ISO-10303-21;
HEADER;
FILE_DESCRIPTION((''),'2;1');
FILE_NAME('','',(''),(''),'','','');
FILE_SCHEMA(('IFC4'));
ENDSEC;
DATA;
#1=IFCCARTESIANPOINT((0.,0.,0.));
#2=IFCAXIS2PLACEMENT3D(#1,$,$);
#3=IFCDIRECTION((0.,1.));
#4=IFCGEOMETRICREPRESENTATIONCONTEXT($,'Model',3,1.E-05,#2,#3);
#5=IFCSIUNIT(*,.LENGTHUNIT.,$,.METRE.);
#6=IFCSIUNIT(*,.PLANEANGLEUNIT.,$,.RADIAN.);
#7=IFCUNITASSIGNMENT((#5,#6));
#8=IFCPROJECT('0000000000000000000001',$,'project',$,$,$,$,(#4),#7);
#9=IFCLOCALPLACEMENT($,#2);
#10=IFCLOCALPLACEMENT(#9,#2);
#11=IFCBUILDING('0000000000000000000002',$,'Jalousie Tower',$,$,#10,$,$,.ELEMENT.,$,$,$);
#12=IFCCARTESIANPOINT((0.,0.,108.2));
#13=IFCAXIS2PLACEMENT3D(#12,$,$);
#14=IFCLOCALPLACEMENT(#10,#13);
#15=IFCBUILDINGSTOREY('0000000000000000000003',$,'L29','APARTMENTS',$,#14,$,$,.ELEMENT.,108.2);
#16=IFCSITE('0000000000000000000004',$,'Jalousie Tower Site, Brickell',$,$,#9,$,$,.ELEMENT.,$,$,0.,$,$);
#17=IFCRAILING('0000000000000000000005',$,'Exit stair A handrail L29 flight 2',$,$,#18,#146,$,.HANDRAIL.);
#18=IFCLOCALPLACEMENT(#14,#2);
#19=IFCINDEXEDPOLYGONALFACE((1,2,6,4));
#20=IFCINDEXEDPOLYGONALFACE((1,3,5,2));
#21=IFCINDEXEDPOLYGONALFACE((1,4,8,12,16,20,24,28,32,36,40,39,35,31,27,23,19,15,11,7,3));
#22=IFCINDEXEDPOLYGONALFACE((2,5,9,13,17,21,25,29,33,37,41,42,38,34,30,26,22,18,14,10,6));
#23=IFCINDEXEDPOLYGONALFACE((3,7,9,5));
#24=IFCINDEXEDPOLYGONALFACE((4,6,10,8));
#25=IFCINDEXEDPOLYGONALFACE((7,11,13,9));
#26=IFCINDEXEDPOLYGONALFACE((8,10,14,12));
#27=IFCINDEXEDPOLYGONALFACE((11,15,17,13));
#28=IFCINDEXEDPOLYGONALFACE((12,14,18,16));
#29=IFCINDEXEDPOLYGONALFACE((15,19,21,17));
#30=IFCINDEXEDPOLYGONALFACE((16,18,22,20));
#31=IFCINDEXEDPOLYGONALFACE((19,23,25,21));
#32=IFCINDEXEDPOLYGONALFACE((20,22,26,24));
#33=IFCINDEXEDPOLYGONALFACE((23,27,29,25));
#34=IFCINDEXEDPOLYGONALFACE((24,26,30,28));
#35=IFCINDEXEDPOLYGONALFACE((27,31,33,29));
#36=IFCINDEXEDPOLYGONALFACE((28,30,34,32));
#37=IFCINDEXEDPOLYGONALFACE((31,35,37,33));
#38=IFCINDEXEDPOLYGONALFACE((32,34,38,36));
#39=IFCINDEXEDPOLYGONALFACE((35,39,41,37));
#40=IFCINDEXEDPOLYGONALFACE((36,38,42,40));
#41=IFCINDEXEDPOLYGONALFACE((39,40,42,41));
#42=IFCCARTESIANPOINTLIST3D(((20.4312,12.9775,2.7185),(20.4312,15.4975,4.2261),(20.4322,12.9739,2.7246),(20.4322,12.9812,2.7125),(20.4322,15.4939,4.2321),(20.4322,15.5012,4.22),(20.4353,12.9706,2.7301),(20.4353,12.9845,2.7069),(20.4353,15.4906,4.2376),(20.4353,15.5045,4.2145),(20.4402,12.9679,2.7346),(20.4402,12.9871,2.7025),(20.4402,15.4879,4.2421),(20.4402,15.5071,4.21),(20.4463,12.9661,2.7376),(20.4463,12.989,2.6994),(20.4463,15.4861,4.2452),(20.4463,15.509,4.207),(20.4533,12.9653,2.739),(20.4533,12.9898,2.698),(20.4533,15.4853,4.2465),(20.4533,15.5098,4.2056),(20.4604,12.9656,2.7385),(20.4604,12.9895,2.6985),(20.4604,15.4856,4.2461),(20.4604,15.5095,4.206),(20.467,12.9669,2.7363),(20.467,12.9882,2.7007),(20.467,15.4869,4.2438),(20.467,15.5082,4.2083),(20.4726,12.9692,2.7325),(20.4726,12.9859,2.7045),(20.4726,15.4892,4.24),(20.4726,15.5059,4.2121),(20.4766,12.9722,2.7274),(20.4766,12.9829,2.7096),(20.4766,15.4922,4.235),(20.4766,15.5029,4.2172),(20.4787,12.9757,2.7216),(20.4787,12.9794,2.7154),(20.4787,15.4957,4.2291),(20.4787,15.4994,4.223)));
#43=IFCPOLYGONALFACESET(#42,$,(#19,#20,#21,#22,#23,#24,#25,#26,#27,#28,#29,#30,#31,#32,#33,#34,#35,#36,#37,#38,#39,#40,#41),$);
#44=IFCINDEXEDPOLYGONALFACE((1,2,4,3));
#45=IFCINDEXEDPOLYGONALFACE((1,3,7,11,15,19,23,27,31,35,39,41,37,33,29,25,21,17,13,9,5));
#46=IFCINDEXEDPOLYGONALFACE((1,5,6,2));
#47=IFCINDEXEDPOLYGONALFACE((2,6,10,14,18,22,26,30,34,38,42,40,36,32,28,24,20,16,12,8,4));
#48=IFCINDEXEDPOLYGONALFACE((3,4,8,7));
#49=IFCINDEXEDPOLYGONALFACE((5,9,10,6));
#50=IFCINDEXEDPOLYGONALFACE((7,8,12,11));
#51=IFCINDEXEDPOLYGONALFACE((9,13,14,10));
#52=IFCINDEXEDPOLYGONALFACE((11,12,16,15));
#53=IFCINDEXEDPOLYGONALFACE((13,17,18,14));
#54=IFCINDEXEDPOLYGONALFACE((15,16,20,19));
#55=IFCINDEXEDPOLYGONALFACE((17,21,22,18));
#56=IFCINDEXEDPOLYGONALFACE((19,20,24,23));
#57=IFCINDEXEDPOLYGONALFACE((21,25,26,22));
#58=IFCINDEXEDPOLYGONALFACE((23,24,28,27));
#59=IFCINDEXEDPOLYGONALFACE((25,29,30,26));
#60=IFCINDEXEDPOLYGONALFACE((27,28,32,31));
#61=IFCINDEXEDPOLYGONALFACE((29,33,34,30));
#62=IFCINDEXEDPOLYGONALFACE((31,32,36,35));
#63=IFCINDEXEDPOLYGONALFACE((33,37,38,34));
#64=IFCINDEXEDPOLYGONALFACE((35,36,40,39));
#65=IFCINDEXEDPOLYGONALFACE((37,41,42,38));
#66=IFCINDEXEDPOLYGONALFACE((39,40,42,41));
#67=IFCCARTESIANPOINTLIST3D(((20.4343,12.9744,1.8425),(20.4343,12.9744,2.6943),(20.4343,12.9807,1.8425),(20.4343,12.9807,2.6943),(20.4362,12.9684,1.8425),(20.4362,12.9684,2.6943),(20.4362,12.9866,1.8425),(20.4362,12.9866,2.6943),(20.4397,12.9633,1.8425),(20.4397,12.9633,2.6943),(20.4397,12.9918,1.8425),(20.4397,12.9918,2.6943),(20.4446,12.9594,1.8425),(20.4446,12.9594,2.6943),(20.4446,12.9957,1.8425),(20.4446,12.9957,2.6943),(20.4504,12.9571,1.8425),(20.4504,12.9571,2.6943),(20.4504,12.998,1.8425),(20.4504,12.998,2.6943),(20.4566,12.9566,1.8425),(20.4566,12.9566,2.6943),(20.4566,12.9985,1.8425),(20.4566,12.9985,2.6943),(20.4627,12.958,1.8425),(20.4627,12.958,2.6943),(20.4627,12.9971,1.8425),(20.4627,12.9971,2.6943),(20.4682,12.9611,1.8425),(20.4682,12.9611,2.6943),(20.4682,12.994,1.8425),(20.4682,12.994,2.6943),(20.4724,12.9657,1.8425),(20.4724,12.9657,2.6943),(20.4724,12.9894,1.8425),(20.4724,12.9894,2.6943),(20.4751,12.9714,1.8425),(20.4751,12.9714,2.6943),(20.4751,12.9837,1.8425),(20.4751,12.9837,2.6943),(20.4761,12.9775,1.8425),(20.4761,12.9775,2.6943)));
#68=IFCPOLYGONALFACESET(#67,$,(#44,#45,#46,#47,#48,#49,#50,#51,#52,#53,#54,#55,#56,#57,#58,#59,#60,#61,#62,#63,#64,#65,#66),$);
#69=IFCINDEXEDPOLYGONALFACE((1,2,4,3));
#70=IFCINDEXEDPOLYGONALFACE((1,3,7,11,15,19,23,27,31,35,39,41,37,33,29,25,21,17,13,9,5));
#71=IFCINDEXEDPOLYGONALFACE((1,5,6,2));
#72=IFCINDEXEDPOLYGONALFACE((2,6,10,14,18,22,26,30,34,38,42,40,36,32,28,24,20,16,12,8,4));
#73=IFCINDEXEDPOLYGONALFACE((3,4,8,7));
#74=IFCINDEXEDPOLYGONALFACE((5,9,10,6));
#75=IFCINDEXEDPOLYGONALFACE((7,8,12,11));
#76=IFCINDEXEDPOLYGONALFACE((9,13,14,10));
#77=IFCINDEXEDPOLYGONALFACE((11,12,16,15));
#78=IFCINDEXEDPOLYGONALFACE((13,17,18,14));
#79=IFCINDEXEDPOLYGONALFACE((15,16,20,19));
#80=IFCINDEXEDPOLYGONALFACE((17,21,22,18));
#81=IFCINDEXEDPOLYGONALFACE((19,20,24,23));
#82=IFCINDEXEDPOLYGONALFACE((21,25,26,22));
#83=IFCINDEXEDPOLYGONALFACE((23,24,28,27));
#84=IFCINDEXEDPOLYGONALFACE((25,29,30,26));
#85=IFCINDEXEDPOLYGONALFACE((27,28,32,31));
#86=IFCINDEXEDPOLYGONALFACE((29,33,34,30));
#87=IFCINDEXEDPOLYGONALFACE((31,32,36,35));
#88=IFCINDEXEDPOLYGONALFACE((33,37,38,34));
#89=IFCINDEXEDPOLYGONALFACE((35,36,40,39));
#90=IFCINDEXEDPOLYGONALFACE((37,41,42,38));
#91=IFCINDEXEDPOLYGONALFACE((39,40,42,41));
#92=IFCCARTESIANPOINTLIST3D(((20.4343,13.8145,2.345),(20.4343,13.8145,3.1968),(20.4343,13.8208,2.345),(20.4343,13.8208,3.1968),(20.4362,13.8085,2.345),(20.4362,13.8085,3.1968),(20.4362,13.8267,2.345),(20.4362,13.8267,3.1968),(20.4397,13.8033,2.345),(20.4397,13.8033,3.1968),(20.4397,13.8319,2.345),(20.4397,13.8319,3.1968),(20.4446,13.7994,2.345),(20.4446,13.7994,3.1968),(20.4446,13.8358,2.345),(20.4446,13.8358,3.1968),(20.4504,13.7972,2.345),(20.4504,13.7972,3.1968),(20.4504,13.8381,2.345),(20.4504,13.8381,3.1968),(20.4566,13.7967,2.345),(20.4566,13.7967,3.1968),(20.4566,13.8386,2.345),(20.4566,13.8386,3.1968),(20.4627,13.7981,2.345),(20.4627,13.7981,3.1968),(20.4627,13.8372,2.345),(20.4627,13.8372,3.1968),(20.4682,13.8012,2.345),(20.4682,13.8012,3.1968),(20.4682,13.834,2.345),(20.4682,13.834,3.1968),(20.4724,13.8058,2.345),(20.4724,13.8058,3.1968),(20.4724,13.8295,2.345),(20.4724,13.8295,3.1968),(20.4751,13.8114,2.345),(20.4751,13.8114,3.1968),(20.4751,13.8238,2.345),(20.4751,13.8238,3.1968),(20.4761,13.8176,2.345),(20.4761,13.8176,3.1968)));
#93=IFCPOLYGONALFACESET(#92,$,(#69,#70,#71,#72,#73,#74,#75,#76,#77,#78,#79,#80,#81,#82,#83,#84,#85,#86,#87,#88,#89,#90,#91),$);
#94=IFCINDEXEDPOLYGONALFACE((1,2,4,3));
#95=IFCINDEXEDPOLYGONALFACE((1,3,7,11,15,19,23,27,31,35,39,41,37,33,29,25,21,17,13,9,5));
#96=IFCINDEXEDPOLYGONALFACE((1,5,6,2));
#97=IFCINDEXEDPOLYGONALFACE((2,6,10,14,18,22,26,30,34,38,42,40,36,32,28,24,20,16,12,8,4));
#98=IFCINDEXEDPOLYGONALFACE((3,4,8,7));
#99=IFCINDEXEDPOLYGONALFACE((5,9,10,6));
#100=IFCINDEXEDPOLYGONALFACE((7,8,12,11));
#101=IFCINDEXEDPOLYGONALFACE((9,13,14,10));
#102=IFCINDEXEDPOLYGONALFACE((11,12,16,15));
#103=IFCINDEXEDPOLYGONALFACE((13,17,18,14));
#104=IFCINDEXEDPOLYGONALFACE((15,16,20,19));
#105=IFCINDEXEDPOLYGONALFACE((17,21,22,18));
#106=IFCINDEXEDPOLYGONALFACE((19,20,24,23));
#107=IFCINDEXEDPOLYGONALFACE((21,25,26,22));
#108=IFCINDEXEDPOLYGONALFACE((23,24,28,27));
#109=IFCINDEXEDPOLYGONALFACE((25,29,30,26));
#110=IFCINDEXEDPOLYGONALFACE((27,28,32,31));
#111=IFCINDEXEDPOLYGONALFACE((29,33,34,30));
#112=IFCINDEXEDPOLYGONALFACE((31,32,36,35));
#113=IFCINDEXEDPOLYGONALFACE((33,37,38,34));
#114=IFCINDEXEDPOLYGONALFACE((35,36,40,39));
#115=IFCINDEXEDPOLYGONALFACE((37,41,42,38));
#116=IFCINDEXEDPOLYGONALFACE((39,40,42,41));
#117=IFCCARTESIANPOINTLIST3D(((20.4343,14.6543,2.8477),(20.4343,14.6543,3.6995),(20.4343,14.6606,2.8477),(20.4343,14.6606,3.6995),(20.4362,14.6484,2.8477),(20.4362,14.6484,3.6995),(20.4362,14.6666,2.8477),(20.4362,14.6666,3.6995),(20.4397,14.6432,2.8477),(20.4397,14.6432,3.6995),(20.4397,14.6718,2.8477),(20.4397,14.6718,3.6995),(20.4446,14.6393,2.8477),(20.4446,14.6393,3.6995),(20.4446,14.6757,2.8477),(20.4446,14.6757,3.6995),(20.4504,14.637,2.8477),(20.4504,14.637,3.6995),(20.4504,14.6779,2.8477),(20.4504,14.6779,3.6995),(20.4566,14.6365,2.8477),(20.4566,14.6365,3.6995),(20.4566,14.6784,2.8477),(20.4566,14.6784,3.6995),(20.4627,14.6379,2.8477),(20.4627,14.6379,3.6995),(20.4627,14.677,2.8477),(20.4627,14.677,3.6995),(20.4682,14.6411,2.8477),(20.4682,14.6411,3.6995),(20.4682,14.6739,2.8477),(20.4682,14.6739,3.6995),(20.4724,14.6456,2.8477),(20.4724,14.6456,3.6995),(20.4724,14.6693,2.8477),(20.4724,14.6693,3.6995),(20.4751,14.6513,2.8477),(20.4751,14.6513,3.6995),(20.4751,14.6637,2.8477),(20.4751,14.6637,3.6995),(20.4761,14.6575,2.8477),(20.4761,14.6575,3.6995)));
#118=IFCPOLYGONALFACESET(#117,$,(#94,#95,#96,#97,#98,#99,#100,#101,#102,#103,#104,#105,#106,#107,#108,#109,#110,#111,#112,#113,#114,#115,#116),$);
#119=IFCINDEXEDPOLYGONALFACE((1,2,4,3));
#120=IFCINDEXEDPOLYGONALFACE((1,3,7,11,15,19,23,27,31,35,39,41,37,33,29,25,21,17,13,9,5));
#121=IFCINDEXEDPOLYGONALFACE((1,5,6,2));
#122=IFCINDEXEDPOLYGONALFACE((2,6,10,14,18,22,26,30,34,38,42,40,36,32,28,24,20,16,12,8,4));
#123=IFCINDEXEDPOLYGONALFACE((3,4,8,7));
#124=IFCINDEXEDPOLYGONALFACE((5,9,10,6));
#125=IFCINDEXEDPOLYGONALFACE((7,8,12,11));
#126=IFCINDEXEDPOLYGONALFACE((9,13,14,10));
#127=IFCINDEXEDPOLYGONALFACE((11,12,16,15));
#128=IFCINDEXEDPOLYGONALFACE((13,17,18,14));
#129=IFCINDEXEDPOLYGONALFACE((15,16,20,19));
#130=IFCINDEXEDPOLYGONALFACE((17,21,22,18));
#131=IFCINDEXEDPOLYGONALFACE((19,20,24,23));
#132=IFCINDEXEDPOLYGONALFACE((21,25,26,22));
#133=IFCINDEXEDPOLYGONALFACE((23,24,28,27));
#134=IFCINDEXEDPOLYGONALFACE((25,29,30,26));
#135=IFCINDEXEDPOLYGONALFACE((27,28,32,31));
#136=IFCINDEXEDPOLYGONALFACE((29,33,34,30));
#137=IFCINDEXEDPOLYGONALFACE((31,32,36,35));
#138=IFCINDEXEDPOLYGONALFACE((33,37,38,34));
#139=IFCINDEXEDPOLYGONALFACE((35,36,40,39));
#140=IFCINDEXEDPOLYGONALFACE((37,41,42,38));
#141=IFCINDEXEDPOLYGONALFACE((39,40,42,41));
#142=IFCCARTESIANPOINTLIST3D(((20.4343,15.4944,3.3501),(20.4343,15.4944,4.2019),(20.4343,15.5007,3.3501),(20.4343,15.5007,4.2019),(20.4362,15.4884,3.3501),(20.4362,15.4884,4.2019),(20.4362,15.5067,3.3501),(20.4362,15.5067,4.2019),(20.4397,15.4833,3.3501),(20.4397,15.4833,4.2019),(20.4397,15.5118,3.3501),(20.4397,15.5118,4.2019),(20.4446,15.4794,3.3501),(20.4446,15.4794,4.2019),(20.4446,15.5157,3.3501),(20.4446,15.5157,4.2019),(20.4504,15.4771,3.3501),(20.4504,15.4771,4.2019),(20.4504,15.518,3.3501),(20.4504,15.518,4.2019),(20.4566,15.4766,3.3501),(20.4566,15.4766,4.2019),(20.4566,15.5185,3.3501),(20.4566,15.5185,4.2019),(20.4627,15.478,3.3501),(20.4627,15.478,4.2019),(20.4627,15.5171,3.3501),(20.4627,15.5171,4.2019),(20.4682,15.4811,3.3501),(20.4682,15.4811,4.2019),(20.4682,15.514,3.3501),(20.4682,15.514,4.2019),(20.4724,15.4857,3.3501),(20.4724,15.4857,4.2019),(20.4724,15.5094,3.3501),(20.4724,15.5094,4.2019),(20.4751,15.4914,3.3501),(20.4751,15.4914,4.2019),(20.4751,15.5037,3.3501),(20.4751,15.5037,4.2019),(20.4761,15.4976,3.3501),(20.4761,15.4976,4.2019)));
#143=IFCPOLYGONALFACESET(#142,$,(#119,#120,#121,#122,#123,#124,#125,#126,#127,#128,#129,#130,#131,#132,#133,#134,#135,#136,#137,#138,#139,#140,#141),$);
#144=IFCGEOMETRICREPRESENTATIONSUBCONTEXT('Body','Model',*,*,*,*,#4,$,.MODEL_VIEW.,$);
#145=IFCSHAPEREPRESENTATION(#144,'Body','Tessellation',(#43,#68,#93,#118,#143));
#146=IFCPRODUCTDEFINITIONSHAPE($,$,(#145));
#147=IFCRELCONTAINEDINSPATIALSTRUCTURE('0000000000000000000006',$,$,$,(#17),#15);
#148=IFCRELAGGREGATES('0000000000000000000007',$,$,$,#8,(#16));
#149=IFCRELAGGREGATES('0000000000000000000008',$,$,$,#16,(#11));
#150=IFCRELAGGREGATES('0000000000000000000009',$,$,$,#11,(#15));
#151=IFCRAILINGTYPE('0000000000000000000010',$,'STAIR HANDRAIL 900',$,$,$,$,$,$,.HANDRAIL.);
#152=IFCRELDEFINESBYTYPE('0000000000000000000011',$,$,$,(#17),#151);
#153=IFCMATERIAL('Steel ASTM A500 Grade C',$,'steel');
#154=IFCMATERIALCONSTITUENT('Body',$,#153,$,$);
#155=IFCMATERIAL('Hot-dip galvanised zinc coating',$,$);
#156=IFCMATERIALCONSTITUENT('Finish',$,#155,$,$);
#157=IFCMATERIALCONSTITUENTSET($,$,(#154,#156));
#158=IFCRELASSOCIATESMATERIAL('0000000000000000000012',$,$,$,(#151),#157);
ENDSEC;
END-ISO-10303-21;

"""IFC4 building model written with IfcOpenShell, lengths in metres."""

from ifc_helpers import new_model, si_unit, direction, frame, origin, origin_2d, place, context, subcontext, project, spatial, circle, extrude, material, constituent, constituent_set, type_object, element, save


model = new_model("IFC4")

# Units and contexts
model_context = context("Model", 3, precision=1e-05, world=origin(), true_north=direction((0.0, 1.0)))
body_context = subcontext(model_context, "Body", "Model", "MODEL_VIEW")
ifc_project = project(units=[si_unit("LENGTHUNIT", "METRE"), si_unit("PLANEANGLEUNIT", "RADIAN")], contexts=[model_context])

# Site, building, storey
site_placement = place(None, origin())
site = spatial("IfcSite", under=ifc_project, at=site_placement, Name="Jalousie Tower Site, Brickell", CompositionType="ELEMENT", RefElevation=0.0)
building_placement = place(site_placement, origin())
building = spatial("IfcBuilding", under=site, at=building_placement, Name="Jalousie Tower", CompositionType="ELEMENT")
storey_placement = place(building_placement, frame((0.0, 0.0, 108.2)))
storey = spatial("IfcBuildingStorey", under=building, at=storey_placement, Name="L29", Description="APARTMENTS", CompositionType="ELEMENT", Elevation=108.2)

# Railing
ifc_material_1 = material(Name="Steel ASTM A500 Grade C", Category="steel")
ifc_constituent_1 = constituent(ifc_material_1, Name="Body")
ifc_material_2 = material(Name="Hot-dip galvanised zinc coating")
ifc_constituent_2 = constituent(ifc_material_2, Name="Finish")
ifc_constituent_set_1 = constituent_set(constituents=[ifc_constituent_1, ifc_constituent_2])
railing_type_1 = type_object("IfcRailingType", Name="STAIR HANDRAIL 900", PredefinedType="HANDRAIL", material=ifc_constituent_set_1)
railing_1_placement = place(storey_placement, frame((20.4551, 12.9775, 1.8425)))
element("IfcRailing", 1, at=railing_1_placement, inside=storey, type_object=railing_type_1, Name="Exit stair A handrail L29 flight 2", PredefinedType="HANDRAIL", context=body_context, shape_type="SweptSolid", body=[
    extrude(circle(Radius=0.0239, at=origin_2d()), frame((0.0, 0.0, 0.876), z_axis=(0.0, 0.85816, 0.513383), x_axis=(-1.0, 0.0, 0.0)), (0.0, 0.0, 1.0), 2.9365),
    extrude(circle(Radius=0.021, at=origin_2d()), origin(), (0.0, 0.0, 1.0), 0.8518),
    extrude(circle(Radius=0.021, at=origin_2d()), frame((0.0, 0.8401, 0.5024)), (0.0, 0.0, 1.0), 0.8518),
    extrude(circle(Radius=0.021, at=origin_2d()), frame((0.0, 1.6799, 1.0051)), (0.0, 0.0, 1.0), 0.8518),
    extrude(circle(Radius=0.021, at=origin_2d()), frame((0.0, 2.52, 1.5076)), (0.0, 0.0, 1.0), 0.8518),
])

save(model, "model.ifc")
